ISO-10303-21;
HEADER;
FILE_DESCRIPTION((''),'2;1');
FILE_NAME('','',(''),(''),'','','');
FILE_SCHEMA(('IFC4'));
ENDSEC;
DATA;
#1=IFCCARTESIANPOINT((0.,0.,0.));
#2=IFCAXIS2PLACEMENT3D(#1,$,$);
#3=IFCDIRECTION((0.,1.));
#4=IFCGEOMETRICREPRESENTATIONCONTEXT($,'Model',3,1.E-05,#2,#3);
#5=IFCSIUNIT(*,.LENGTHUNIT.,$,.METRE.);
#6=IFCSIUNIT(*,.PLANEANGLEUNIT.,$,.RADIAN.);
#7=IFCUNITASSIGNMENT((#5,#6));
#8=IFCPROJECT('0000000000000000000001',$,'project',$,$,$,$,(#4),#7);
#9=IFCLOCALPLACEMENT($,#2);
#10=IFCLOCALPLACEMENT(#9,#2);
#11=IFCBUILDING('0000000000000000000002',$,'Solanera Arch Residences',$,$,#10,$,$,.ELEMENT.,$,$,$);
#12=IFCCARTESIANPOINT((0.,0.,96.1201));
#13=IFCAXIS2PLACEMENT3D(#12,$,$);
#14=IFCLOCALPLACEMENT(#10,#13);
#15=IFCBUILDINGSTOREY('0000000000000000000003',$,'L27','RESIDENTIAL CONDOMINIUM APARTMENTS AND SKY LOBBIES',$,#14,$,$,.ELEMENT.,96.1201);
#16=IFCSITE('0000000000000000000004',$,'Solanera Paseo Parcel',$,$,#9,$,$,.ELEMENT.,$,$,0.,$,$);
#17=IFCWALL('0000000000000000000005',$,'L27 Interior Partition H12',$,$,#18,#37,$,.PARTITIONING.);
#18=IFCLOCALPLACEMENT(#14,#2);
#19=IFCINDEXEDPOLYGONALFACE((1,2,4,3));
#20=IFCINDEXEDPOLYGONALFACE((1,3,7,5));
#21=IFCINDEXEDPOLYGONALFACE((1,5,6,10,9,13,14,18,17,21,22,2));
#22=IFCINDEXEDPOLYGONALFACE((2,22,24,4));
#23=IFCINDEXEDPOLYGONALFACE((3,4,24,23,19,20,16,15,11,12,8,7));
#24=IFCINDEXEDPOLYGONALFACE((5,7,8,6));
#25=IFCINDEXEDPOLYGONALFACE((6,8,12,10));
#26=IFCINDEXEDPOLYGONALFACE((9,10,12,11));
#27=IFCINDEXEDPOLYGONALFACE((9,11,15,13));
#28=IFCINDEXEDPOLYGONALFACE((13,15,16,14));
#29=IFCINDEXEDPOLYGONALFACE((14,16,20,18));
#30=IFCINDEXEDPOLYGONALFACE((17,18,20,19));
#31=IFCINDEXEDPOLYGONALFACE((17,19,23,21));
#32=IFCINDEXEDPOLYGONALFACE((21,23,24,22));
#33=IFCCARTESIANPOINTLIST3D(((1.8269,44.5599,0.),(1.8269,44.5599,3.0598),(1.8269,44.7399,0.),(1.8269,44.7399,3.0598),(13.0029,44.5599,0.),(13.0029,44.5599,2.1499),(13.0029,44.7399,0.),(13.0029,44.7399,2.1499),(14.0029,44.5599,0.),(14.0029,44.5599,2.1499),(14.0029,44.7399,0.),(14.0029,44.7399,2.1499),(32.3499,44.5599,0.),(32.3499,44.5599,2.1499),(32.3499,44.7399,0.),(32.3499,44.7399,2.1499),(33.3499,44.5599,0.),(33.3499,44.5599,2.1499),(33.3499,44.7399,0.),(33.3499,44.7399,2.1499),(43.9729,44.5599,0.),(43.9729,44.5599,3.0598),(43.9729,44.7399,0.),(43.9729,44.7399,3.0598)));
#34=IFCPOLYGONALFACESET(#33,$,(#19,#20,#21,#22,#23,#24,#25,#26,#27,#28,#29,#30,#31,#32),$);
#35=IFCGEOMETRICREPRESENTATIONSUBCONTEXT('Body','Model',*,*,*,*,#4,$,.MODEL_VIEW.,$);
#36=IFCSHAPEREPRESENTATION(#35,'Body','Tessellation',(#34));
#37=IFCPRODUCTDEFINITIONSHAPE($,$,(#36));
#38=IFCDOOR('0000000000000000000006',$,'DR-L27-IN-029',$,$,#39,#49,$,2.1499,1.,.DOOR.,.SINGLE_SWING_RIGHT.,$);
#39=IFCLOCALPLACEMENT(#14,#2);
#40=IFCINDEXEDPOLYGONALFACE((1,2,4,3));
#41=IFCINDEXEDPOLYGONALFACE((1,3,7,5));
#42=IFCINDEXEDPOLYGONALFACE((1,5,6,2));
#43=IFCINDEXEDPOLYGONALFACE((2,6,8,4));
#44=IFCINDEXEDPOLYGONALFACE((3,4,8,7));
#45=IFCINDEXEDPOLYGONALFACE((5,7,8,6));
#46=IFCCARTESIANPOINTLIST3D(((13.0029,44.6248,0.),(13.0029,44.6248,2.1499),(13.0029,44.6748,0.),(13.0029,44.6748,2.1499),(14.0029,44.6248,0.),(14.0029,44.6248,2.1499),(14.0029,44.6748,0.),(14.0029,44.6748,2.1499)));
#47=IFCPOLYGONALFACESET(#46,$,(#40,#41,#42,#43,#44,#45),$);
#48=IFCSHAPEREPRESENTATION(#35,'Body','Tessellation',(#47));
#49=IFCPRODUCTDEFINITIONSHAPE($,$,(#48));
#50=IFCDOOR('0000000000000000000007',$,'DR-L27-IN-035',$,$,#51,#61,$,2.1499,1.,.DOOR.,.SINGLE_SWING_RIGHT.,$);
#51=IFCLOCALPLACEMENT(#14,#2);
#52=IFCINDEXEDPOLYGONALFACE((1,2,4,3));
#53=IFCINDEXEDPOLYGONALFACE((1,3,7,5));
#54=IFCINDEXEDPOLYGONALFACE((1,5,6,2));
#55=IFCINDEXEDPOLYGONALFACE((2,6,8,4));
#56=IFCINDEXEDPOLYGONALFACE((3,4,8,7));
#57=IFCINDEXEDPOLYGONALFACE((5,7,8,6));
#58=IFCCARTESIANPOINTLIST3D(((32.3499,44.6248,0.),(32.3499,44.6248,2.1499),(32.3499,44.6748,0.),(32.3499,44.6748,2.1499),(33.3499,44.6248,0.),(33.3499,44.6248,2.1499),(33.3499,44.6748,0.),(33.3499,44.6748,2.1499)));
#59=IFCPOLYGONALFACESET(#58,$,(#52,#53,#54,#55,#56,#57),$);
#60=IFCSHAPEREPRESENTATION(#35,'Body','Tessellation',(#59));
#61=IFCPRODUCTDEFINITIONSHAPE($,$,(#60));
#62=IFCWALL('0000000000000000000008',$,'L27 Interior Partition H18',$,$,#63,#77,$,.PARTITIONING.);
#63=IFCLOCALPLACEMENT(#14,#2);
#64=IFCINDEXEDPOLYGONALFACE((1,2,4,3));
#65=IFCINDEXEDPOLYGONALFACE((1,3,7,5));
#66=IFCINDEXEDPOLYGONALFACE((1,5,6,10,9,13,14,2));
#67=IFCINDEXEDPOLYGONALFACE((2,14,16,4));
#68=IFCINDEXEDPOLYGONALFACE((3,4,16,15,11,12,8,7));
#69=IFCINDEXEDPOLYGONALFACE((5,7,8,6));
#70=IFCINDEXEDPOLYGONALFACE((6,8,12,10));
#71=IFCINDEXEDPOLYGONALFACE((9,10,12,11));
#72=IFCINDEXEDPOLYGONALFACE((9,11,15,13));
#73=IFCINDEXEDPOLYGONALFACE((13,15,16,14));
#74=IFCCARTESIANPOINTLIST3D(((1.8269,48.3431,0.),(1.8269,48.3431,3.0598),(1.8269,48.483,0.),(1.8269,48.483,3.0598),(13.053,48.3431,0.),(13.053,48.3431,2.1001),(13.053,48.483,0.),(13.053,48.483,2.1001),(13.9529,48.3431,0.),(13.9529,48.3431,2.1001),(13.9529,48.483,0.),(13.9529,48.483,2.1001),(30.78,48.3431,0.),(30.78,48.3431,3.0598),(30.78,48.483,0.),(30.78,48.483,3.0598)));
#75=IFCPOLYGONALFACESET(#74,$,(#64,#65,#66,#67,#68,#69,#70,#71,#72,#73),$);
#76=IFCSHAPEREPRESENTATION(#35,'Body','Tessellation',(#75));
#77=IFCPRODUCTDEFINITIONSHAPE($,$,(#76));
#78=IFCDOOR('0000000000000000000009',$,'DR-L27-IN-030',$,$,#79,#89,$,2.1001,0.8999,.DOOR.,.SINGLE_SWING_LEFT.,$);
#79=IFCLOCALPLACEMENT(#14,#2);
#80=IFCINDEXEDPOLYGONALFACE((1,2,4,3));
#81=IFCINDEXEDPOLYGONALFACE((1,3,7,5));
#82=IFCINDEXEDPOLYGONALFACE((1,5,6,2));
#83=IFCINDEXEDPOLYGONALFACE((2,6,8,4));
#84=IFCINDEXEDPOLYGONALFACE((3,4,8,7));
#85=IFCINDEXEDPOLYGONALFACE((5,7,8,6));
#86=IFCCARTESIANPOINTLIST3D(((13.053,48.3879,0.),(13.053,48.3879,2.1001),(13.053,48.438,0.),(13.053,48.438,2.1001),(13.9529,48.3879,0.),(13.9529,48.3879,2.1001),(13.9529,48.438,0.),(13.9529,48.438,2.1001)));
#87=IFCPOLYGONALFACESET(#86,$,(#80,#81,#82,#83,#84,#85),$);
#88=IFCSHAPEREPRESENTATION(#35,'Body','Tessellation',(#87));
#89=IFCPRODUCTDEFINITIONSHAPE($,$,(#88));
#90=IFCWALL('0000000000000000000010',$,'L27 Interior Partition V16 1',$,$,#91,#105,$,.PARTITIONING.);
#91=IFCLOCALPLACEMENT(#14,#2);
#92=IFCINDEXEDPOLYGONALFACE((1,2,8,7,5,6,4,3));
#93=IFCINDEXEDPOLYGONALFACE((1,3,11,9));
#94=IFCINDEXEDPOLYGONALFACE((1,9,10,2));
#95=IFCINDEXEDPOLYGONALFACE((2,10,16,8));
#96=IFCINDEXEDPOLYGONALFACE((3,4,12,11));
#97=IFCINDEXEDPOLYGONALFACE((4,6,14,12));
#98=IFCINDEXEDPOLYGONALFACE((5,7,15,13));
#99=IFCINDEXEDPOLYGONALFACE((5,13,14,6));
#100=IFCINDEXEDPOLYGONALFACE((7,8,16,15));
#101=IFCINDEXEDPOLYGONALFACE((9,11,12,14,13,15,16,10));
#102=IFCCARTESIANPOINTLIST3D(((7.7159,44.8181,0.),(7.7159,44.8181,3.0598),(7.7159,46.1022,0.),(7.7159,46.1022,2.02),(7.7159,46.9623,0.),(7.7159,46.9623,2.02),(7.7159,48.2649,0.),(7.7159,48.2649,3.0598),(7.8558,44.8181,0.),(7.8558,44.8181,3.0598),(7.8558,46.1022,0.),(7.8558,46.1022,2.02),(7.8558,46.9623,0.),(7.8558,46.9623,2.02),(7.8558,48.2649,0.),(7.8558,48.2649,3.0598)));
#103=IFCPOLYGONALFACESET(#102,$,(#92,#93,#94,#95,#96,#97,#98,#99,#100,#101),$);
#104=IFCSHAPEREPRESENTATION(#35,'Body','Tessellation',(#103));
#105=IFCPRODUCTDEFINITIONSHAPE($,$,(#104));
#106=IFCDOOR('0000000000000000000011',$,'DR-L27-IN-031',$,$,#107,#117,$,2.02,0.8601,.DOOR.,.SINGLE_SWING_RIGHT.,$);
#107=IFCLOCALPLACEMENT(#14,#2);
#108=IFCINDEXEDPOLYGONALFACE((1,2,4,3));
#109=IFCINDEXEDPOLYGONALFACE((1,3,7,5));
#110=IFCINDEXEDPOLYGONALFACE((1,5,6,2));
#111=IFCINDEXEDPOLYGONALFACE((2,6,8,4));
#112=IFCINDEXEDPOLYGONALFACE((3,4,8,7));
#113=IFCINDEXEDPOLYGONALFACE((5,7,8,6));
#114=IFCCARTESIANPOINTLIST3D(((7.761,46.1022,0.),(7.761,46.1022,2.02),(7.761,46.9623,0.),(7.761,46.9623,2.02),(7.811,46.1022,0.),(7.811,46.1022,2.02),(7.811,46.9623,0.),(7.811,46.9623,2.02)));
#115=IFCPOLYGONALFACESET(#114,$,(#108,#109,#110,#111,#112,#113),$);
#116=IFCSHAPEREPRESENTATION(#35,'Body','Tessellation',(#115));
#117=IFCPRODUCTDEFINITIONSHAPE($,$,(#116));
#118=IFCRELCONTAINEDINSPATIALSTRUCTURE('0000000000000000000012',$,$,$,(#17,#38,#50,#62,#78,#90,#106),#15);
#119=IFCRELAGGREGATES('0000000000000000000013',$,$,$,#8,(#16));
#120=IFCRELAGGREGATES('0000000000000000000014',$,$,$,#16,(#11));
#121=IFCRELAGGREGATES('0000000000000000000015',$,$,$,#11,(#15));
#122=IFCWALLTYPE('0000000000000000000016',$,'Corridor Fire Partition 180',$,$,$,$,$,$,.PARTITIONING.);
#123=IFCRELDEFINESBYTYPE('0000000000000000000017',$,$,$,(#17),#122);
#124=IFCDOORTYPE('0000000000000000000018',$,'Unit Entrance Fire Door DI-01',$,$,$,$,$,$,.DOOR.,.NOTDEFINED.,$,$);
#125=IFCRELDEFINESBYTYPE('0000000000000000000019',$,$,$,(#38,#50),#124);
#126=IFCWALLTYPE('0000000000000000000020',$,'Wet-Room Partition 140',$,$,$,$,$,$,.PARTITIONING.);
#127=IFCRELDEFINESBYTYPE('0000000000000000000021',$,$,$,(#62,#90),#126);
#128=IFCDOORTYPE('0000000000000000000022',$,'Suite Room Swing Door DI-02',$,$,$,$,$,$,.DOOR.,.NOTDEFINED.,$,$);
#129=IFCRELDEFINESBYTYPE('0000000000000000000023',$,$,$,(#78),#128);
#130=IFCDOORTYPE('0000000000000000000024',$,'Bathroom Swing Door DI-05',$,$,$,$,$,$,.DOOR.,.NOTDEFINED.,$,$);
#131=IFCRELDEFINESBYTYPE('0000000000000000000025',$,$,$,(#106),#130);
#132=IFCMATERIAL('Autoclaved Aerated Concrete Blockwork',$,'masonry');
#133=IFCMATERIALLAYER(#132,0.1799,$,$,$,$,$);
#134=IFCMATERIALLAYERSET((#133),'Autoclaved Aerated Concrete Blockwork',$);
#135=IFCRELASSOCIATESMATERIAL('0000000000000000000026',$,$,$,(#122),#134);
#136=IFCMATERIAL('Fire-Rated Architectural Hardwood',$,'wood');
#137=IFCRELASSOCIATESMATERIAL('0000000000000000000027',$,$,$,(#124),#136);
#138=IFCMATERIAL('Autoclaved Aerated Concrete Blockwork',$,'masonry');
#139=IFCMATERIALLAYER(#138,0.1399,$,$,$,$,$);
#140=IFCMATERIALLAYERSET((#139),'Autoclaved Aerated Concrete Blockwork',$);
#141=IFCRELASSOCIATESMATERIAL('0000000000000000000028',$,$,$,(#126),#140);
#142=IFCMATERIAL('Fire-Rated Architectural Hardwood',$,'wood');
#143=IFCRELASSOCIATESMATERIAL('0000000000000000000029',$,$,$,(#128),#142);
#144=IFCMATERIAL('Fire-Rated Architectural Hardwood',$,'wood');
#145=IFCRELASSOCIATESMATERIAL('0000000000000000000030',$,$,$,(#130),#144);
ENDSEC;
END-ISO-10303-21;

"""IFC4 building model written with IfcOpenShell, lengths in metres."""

from ifc_helpers import new_model, si_unit, direction, frame, frame_2d, origin, place, context, subcontext, project, spatial, rectangle, extrude, material, layer, layer_set, type_object, element, fill, save


model = new_model("IFC4")

# Units and contexts
model_context = context("Model", 3, precision=1e-05, world=origin(), true_north=direction((0.0, 1.0)))
body_context = subcontext(model_context, "Body", "Model", "MODEL_VIEW")
ifc_project = project(units=[si_unit("LENGTHUNIT", "METRE"), si_unit("PLANEANGLEUNIT", "RADIAN")], contexts=[model_context])

# Site, building, storey
site_placement = place(None, origin())
site = spatial("IfcSite", under=ifc_project, at=site_placement, Name="Solanera Paseo Parcel", CompositionType="ELEMENT", RefElevation=0.0)
building_placement = place(site_placement, origin())
building = spatial("IfcBuilding", under=site, at=building_placement, Name="Solanera Arch Residences", CompositionType="ELEMENT")
storey_placement = place(building_placement, frame((0.0, 0.0, 96.1201)))
storey = spatial("IfcBuildingStorey", under=building, at=storey_placement, Name="L27", Description="RESIDENTIAL CONDOMINIUM APARTMENTS AND SKY LOBBIES", CompositionType="ELEMENT", Elevation=96.1201)

# Wall, openings, doors
ifc_material_1 = material(Name="Autoclaved Aerated Concrete Blockwork", Category="masonry")
ifc_layer_1 = layer(ifc_material_1, 0.1799)
ifc_layer_set_1 = layer_set([ifc_layer_1], Name="Autoclaved Aerated Concrete Blockwork")
wall_type_1 = type_object("IfcWallType", Name="Corridor Fire Partition 180", PredefinedType="PARTITIONING", material=ifc_layer_set_1)
wall_1_placement = place(storey_placement, frame((1.8269, 44.6499, 0.0), z_axis=(0.0, 0.0, 1.0), x_axis=(1.0, 0.0, 0.0)))
wall_1 = element("IfcWall", 1, at=wall_1_placement, inside=storey, type_object=wall_type_1, Name="L27 Interior Partition H12", PredefinedType="PARTITIONING", context=body_context, shape_type="SweptSolid", body=[
    extrude(rectangle(XDim=42.146, YDim=0.1799, at=frame_2d((21.073, 0.0))), origin(), (0.0, 0.0, 1.0), 3.0598),
])
opening_1_placement = place(wall_1_placement, frame((11.176, 0.0, 0.0)))
opening_1 = element("IfcOpeningElement", 2, at=opening_1_placement, cuts=wall_1, PredefinedType="OPENING", context=body_context, shape_type="SweptSolid", body=[
    extrude(rectangle(XDim=1.0, YDim=2.1499, at=frame_2d((0.5, 1.075))), frame((0.0, 0.1001, 0.0), z_axis=(0.0, -1.0, 0.0), x_axis=(1.0, 0.0, 0.0)), (0.0, 0.0, 1.0), 0.1999),
])
opening_2_placement = place(wall_1_placement, frame((30.5229, 0.0, 0.0)))
opening_2 = element("IfcOpeningElement", 3, at=opening_2_placement, cuts=wall_1, PredefinedType="OPENING", context=body_context, shape_type="SweptSolid", body=[
    extrude(rectangle(XDim=1.0, YDim=2.1499, at=frame_2d((0.5, 1.075))), frame((0.0, 0.1001, 0.0), z_axis=(0.0, -1.0, 0.0), x_axis=(1.0, 0.0, 0.0)), (0.0, 0.0, 1.0), 0.1999),
])
ifc_material_2 = material(Name="Fire-Rated Architectural Hardwood", Category="wood")
door_type_1 = type_object("IfcDoorType", Name="Unit Entrance Fire Door DI-01", OperationType="NOTDEFINED", PredefinedType="DOOR", material=ifc_material_2)
door_1_placement = place(opening_1_placement, origin())
door_1 = element("IfcDoor", 4, at=door_1_placement, inside=storey, type_object=door_type_1, Name="DR-L27-IN-029", OperationType="SINGLE_SWING_RIGHT", OverallHeight=2.1499, OverallWidth=1.0, PredefinedType="DOOR", context=body_context, shape_type="SweptSolid", body=[
    extrude(rectangle(XDim=1.0, YDim=2.1499, at=frame_2d((0.5, 1.075))), frame((0.0, 0.0249, 0.0), z_axis=(0.0, -1.0, 0.0), x_axis=(1.0, 0.0, 0.0)), (0.0, 0.0, 1.0), 0.05),
])
fill(opening_1, door_1)
door_2_placement = place(opening_2_placement, origin())
door_2 = element("IfcDoor", 5, at=door_2_placement, inside=storey, type_object=door_type_1, Name="DR-L27-IN-035", OperationType="SINGLE_SWING_RIGHT", OverallHeight=2.1499, OverallWidth=1.0, PredefinedType="DOOR", context=body_context, shape_type="SweptSolid", body=[
    extrude(rectangle(XDim=1.0, YDim=2.1499, at=frame_2d((0.5, 1.075))), frame((0.0, 0.0249, 0.0), z_axis=(0.0, -1.0, 0.0), x_axis=(1.0, 0.0, 0.0)), (0.0, 0.0, 1.0), 0.05),
])
fill(opening_2, door_2)

# Walls, openings, doors
ifc_material_3 = material(Name="Autoclaved Aerated Concrete Blockwork", Category="masonry")
ifc_layer_2 = layer(ifc_material_3, 0.1399)
ifc_layer_set_2 = layer_set([ifc_layer_2], Name="Autoclaved Aerated Concrete Blockwork")
wall_type_2 = type_object("IfcWallType", Name="Wet-Room Partition 140", PredefinedType="PARTITIONING", material=ifc_layer_set_2)
wall_2_placement = place(storey_placement, frame((1.8269, 48.4131, 0.0), z_axis=(0.0, 0.0, 1.0), x_axis=(1.0, 0.0, 0.0)))
wall_2 = element("IfcWall", 6, at=wall_2_placement, inside=storey, type_object=wall_type_2, Name="L27 Interior Partition H18", PredefinedType="PARTITIONING", context=body_context, shape_type="SweptSolid", body=[
    extrude(rectangle(XDim=28.9531, YDim=0.1399, at=frame_2d((14.4766, 0.0))), origin(), (0.0, 0.0, 1.0), 3.0598),
])
opening_3_placement = place(wall_2_placement, frame((11.2261, 0.0, 0.0)))
opening_3 = element("IfcOpeningElement", 7, at=opening_3_placement, cuts=wall_2, PredefinedType="OPENING", context=body_context, shape_type="SweptSolid", body=[
    extrude(rectangle(XDim=0.8999, YDim=2.1001, at=frame_2d((0.45, 1.05))), frame((0.0, 0.0798, 0.0), z_axis=(0.0, -1.0, 0.0), x_axis=(1.0, 0.0, 0.0)), (0.0, 0.0, 1.0), 0.1599),
])
ifc_material_4 = material(Name="Fire-Rated Architectural Hardwood", Category="wood")
door_type_2 = type_object("IfcDoorType", Name="Suite Room Swing Door DI-02", OperationType="NOTDEFINED", PredefinedType="DOOR", material=ifc_material_4)
door_3_placement = place(opening_3_placement, origin())
door_3 = element("IfcDoor", 8, at=door_3_placement, inside=storey, type_object=door_type_2, Name="DR-L27-IN-030", OperationType="SINGLE_SWING_LEFT", OverallHeight=2.1001, OverallWidth=0.8999, PredefinedType="DOOR", context=body_context, shape_type="SweptSolid", body=[
    extrude(rectangle(XDim=0.8999, YDim=2.1001, at=frame_2d((0.45, 1.05))), frame((0.0, 0.0249, 0.0), z_axis=(0.0, -1.0, 0.0), x_axis=(1.0, 0.0, 0.0)), (0.0, 0.0, 1.0), 0.05),
])
fill(opening_3, door_3)
wall_3_placement = place(storey_placement, frame((7.7859, 44.8181, 0.0), z_axis=(0.0, 0.0, 1.0), x_axis=(0.0, 1.0, 0.0)))
wall_3 = element("IfcWall", 9, at=wall_3_placement, inside=storey, type_object=wall_type_2, Name="L27 Interior Partition V16 1", PredefinedType="PARTITIONING", context=body_context, shape_type="SweptSolid", body=[
    extrude(rectangle(XDim=3.4468, YDim=0.1399, at=frame_2d((1.7234, 0.0))), origin(), (0.0, 0.0, 1.0), 3.0598),
])
opening_4_placement = place(wall_3_placement, frame((1.2839, 0.0, 0.0)))
opening_4 = element("IfcOpeningElement", 10, at=opening_4_placement, cuts=wall_3, PredefinedType="OPENING", context=body_context, shape_type="SweptSolid", body=[
    extrude(rectangle(XDim=0.8601, YDim=2.02, at=frame_2d((0.4302, 1.01))), frame((0.0, 0.0798, 0.0), z_axis=(0.0, -1.0, 0.0), x_axis=(1.0, 0.0, 0.0)), (0.0, 0.0, 1.0), 0.1599),
])
ifc_material_5 = material(Name="Fire-Rated Architectural Hardwood", Category="wood")
door_type_3 = type_object("IfcDoorType", Name="Bathroom Swing Door DI-05", OperationType="NOTDEFINED", PredefinedType="DOOR", material=ifc_material_5)
door_4_placement = place(opening_4_placement, origin())
door_4 = element("IfcDoor", 11, at=door_4_placement, inside=storey, type_object=door_type_3, Name="DR-L27-IN-031", OperationType="SINGLE_SWING_RIGHT", OverallHeight=2.02, OverallWidth=0.8601, PredefinedType="DOOR", context=body_context, shape_type="SweptSolid", body=[
    extrude(rectangle(XDim=0.8601, YDim=2.02, at=frame_2d((0.4302, 1.01))), frame((0.0, 0.0249, 0.0), z_axis=(0.0, -1.0, 0.0), x_axis=(1.0, 0.0, 0.0)), (0.0, 0.0, 1.0), 0.05),
])
fill(opening_4, door_4)

save(model, "model.ifc")
